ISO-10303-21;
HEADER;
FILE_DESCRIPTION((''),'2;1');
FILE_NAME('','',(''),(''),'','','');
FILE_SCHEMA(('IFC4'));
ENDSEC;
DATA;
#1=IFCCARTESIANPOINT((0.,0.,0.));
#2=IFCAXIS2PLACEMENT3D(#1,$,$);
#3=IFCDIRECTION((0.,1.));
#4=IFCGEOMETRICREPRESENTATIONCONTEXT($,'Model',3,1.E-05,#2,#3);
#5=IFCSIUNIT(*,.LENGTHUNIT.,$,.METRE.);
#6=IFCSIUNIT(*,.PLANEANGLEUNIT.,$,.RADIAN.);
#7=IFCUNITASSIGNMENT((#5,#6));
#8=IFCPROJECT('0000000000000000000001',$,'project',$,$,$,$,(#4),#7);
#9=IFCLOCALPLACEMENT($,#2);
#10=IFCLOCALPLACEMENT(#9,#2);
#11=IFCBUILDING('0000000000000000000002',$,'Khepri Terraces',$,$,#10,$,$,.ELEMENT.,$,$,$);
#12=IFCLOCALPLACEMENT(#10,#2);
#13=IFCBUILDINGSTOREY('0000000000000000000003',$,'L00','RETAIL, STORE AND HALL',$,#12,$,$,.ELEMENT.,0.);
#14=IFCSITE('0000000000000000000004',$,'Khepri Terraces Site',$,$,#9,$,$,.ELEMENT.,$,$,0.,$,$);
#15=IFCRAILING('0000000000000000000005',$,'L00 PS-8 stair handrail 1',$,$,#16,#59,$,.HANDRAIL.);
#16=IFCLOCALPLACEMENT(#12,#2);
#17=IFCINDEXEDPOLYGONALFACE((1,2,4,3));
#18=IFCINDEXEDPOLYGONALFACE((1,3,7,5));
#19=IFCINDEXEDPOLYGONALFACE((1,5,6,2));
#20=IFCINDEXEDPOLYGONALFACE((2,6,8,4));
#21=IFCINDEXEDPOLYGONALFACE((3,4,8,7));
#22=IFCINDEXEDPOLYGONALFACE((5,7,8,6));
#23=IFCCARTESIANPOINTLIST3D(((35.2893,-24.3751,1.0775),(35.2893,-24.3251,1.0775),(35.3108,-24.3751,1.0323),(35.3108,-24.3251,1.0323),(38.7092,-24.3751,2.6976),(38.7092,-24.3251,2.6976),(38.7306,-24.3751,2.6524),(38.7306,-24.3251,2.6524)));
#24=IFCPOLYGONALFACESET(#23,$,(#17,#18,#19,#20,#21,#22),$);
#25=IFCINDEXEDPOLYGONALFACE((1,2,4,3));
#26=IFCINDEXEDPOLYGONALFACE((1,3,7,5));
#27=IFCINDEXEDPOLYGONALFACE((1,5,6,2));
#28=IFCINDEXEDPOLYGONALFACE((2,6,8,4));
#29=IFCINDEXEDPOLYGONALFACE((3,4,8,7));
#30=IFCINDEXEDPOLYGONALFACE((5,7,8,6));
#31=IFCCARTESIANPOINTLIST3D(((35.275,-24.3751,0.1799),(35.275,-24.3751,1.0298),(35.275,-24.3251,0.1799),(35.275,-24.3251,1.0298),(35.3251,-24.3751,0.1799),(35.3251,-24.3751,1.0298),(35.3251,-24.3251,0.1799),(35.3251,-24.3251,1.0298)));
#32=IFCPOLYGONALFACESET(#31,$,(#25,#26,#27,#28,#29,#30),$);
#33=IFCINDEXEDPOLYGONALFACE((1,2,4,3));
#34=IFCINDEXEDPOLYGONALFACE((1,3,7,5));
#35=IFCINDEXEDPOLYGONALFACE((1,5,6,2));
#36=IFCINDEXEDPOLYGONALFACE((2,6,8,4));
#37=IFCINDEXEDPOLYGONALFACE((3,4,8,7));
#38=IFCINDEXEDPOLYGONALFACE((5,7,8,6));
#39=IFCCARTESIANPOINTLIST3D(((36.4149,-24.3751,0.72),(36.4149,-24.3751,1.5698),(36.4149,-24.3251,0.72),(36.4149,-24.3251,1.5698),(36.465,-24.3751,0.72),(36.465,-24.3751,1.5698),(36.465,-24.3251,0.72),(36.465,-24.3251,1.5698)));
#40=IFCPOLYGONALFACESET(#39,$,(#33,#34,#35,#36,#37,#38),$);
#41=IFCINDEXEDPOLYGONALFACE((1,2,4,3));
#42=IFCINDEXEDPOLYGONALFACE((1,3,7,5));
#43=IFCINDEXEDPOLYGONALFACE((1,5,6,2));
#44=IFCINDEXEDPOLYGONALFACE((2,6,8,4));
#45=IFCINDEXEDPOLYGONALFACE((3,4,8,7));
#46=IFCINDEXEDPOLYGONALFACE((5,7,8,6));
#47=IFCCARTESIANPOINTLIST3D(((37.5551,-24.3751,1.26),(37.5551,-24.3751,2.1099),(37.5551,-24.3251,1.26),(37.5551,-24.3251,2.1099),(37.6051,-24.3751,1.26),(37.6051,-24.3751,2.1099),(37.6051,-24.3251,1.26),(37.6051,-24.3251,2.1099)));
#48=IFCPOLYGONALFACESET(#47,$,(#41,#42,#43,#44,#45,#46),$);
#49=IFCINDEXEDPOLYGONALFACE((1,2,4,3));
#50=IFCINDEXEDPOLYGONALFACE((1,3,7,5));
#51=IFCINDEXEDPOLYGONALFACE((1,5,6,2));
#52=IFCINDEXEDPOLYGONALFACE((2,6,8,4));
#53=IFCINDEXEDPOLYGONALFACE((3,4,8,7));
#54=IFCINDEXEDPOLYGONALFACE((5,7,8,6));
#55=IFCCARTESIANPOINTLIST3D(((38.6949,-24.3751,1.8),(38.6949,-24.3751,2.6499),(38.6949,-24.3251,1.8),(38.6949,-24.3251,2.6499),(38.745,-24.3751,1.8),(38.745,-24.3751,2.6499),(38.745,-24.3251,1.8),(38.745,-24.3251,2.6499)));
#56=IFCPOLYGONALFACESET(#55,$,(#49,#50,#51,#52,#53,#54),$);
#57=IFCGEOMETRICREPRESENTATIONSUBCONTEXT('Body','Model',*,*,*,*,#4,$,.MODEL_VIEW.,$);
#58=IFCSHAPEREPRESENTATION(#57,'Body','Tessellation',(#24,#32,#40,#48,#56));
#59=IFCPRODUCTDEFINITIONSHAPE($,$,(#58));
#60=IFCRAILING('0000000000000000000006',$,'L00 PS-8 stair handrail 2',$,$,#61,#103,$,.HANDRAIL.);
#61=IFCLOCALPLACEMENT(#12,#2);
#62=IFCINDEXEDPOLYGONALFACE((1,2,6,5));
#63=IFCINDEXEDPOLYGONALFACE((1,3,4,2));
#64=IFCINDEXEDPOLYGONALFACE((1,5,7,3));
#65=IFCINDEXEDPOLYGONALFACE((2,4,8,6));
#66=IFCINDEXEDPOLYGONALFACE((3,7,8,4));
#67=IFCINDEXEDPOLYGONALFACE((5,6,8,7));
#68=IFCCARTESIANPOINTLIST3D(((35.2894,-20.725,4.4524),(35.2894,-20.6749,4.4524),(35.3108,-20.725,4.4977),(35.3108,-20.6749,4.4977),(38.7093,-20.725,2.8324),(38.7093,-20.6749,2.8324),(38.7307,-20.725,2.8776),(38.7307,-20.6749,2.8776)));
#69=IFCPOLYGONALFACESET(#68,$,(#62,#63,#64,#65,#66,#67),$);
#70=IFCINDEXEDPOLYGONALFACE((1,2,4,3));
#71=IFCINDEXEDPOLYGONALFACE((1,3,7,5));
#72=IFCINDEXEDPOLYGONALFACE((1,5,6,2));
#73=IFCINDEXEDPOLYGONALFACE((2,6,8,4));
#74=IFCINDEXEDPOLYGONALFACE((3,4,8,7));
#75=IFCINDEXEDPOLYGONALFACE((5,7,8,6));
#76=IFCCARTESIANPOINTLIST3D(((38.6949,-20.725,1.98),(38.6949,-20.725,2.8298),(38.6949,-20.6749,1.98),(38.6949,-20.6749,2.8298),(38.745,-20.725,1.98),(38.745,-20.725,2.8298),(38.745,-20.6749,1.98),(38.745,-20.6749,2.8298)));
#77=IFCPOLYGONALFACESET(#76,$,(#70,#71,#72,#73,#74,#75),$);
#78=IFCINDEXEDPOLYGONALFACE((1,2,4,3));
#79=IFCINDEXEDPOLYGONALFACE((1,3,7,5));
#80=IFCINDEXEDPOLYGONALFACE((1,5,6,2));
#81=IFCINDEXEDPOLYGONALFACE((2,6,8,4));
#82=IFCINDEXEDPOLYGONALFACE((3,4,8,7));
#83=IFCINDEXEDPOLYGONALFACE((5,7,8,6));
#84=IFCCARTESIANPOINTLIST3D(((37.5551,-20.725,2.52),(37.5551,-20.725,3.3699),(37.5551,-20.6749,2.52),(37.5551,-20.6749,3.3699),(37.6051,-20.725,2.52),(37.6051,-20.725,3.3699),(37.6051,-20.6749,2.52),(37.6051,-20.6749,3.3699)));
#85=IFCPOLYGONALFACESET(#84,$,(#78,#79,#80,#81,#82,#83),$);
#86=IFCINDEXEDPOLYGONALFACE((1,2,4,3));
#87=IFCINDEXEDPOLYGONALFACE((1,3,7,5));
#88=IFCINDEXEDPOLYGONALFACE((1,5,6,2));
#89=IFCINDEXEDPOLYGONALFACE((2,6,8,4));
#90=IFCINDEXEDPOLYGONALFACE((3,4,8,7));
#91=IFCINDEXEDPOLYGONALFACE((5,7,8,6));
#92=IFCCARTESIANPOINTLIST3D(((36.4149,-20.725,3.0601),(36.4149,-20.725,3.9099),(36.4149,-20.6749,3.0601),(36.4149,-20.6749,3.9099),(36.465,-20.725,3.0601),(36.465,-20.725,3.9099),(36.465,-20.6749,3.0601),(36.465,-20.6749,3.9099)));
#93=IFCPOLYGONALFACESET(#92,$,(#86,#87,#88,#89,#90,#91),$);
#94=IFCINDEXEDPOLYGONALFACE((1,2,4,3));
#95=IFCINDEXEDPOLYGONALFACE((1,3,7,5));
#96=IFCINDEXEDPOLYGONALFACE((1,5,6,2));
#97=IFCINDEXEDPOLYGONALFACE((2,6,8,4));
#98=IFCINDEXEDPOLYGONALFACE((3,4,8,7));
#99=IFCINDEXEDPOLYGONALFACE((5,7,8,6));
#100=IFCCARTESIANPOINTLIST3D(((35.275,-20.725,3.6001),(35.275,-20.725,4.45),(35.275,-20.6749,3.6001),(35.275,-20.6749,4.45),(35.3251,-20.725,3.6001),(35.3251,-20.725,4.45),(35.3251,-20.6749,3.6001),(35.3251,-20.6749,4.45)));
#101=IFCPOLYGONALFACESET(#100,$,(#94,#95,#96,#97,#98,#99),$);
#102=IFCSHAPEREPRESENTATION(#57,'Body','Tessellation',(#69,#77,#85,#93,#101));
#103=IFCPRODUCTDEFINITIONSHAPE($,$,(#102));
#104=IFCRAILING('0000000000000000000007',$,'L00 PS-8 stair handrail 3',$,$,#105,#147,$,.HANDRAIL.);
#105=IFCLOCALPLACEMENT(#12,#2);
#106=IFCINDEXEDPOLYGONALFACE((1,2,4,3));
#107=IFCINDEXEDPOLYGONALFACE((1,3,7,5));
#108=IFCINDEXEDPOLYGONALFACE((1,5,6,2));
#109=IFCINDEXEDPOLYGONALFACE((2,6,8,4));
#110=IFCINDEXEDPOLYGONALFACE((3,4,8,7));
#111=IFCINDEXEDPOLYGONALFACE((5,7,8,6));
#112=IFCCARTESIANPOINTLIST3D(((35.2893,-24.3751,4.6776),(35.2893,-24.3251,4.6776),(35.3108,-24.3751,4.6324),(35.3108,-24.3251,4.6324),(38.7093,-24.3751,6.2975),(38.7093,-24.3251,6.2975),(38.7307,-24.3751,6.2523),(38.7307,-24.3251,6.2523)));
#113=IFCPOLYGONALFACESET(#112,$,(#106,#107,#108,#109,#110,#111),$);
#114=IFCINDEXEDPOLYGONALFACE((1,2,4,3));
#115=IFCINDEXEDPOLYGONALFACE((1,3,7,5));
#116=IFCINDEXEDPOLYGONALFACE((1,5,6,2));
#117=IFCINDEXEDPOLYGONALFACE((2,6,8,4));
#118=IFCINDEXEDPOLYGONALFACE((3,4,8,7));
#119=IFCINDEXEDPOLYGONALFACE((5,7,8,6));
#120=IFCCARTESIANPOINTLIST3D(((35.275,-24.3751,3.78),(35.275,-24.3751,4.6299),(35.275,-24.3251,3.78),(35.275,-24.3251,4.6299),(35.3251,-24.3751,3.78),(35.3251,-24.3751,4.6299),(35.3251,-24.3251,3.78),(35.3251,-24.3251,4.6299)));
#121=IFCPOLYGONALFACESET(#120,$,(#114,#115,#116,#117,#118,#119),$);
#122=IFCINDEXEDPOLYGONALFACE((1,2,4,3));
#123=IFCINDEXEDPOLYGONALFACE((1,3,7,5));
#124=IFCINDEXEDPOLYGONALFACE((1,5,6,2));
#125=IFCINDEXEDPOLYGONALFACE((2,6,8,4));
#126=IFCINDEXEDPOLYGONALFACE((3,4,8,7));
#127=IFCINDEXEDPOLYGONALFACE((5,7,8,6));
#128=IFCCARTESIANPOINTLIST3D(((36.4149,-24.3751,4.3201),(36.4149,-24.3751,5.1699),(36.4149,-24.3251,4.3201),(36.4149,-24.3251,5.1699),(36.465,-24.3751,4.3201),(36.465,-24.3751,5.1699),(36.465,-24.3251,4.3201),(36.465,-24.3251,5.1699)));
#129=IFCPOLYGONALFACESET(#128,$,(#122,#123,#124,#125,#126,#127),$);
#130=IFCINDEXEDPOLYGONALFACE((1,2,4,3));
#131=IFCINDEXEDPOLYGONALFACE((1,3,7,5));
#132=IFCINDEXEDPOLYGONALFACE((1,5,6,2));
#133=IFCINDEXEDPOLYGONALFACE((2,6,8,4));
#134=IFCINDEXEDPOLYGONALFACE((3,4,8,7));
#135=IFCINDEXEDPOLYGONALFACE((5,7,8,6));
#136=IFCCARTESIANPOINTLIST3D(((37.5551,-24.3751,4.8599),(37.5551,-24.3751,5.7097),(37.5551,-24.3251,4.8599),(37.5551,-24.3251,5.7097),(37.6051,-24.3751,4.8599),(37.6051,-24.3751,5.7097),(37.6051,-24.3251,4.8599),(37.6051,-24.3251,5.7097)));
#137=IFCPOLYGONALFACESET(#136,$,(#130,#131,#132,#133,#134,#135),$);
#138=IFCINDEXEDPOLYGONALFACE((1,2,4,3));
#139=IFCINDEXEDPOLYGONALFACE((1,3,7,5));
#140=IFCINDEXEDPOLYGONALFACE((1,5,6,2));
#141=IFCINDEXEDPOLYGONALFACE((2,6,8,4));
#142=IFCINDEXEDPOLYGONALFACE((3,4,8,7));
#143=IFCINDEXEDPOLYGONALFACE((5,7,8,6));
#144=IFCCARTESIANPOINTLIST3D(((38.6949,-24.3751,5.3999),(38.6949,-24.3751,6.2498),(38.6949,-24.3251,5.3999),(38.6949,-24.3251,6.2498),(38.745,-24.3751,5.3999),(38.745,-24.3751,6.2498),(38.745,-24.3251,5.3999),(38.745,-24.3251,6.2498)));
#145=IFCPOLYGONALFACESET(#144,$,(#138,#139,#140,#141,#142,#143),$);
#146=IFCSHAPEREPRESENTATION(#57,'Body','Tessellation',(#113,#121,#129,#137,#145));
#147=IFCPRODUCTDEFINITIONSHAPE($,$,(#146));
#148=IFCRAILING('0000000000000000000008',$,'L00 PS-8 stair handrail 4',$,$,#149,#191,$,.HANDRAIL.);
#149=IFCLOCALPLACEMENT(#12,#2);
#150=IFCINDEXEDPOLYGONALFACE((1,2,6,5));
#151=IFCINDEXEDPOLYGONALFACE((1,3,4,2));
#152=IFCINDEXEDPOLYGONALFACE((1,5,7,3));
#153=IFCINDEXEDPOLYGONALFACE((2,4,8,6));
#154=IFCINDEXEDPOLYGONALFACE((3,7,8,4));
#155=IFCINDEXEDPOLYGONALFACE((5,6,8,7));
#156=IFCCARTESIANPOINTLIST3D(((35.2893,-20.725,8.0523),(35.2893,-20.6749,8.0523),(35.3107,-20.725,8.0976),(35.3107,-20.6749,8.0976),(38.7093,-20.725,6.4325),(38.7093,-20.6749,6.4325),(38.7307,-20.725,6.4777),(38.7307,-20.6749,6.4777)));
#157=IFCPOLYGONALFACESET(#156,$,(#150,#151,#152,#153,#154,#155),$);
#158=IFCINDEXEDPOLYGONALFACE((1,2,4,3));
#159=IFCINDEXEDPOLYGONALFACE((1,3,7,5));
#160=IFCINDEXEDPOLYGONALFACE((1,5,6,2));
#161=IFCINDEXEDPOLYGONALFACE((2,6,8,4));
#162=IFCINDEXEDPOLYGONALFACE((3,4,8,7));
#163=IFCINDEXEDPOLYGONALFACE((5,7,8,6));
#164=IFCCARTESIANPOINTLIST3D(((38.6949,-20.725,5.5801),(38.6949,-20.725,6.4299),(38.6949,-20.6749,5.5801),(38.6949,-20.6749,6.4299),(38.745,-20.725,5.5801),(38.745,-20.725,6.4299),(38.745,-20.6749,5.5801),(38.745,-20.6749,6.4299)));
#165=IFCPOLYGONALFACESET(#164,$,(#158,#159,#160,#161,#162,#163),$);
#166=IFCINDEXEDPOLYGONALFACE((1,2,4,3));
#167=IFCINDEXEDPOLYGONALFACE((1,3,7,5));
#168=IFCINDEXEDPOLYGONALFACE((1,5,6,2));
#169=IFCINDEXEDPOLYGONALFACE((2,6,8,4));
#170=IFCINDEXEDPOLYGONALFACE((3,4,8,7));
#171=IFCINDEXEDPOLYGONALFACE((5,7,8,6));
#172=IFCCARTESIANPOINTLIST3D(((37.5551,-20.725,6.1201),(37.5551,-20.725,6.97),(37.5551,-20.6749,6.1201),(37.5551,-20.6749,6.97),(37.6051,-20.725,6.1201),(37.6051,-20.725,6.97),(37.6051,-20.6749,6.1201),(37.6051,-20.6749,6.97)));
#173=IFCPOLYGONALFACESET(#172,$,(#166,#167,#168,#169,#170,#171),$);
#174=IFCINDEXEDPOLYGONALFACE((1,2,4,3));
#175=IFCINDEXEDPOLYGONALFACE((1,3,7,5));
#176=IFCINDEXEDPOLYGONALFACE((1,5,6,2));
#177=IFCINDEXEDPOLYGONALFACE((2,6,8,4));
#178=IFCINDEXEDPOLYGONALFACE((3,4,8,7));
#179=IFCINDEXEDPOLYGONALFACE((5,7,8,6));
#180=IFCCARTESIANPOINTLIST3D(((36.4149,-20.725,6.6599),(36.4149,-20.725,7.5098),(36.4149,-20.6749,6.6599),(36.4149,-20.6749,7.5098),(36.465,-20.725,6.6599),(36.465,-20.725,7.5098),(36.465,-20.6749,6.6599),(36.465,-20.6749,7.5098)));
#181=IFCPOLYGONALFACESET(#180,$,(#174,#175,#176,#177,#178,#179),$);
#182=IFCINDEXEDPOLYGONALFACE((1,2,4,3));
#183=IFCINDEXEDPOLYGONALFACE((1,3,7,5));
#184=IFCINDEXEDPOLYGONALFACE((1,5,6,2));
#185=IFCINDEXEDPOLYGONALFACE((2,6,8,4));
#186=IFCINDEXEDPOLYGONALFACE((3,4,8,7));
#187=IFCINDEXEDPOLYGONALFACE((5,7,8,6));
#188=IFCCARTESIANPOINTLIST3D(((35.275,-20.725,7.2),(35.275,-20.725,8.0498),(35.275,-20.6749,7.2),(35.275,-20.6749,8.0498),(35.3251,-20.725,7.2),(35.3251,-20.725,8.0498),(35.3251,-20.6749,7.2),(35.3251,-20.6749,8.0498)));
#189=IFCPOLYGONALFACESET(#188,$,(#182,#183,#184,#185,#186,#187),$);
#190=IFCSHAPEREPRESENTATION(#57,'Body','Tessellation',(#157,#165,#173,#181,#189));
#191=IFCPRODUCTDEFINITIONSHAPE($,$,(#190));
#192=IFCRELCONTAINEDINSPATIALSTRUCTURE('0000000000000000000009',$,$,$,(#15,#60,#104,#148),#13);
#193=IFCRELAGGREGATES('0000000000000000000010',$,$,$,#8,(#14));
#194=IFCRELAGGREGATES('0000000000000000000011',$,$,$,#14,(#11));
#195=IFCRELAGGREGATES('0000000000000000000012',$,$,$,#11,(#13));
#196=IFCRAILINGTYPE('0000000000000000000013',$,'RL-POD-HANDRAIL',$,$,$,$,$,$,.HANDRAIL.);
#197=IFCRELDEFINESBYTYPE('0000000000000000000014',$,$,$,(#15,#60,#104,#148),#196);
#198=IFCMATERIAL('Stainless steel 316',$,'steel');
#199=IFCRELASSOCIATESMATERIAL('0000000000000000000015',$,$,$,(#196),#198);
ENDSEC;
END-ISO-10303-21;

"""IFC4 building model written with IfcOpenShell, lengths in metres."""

from ifc_helpers import new_model, si_unit, direction, frame, origin, origin_2d, place, context, subcontext, project, spatial, rectangle, extrude, material, type_object, element, save


model = new_model("IFC4")

# Units and contexts
model_context = context("Model", 3, precision=1e-05, world=origin(), true_north=direction((0.0, 1.0)))
body_context = subcontext(model_context, "Body", "Model", "MODEL_VIEW")
ifc_project = project(units=[si_unit("LENGTHUNIT", "METRE"), si_unit("PLANEANGLEUNIT", "RADIAN")], contexts=[model_context])

# Site, building, storey
site_placement = place(None, origin())
site = spatial("IfcSite", under=ifc_project, at=site_placement, Name="Khepri Terraces Site", CompositionType="ELEMENT", RefElevation=0.0)
building_placement = place(site_placement, origin())
building = spatial("IfcBuilding", under=site, at=building_placement, Name="Khepri Terraces", CompositionType="ELEMENT")
storey_placement = place(building_placement, origin())
storey = spatial("IfcBuildingStorey", under=building, at=storey_placement, Name="L00", Description="RETAIL, STORE AND HALL", CompositionType="ELEMENT", Elevation=0.0)

# Railings
ifc_material_1 = material(Name="Stainless steel 316", Category="steel")
railing_type_1 = type_object("IfcRailingType", Name="RL-POD-HANDRAIL", PredefinedType="HANDRAIL", material=ifc_material_1)
railing_1_placement = place(storey_placement, frame((35.3, -24.3501, 0.1799)))
element("IfcRailing", 1, at=railing_1_placement, inside=storey, type_object=railing_type_1, Name="L00 PS-8 stair handrail 1", PredefinedType="HANDRAIL", context=body_context, shape_type="SweptSolid", body=[
    extrude(rectangle(XDim=0.05, YDim=0.05, at=origin_2d()), frame((0.0, 0.0, 0.875), z_axis=(0.903722, 0.0, 0.42812), x_axis=(0.0, 1.0, 0.0)), (0.0, 0.0, 1.0), 3.7842),
    extrude(rectangle(XDim=0.05, YDim=0.05, at=origin_2d()), origin(), (0.0, 0.0, 1.0), 0.8499),
    extrude(rectangle(XDim=0.05, YDim=0.05, at=origin_2d()), frame((1.1399, 0.0, 0.54)), (0.0, 0.0, 1.0), 0.8499),
    extrude(rectangle(XDim=0.05, YDim=0.05, at=origin_2d()), frame((2.28, 0.0, 1.0801)), (0.0, 0.0, 1.0), 0.8499),
    extrude(rectangle(XDim=0.05, YDim=0.05, at=origin_2d()), frame((3.4199, 0.0, 1.6201)), (0.0, 0.0, 1.0), 0.8499),
])
railing_2_placement = place(storey_placement, frame((38.72, -20.7, 1.98)))
element("IfcRailing", 2, at=railing_2_placement, inside=storey, type_object=railing_type_1, Name="L00 PS-8 stair handrail 2", PredefinedType="HANDRAIL", context=body_context, shape_type="SweptSolid", body=[
    extrude(rectangle(XDim=0.05, YDim=0.05, at=origin_2d()), frame((0.0, 0.0, 0.875), z_axis=(-0.903722, 0.0, 0.42812), x_axis=(0.0, -1.0, 0.0)), (0.0, 0.0, 1.0), 3.7842),
    extrude(rectangle(XDim=0.05, YDim=0.05, at=origin_2d()), origin(), (0.0, 0.0, 1.0), 0.8499),
    extrude(rectangle(XDim=0.05, YDim=0.05, at=origin_2d()), frame((-1.1399, 0.0, 0.54)), (0.0, 0.0, 1.0), 0.8499),
    extrude(rectangle(XDim=0.05, YDim=0.05, at=origin_2d()), frame((-2.28, 0.0, 1.0801)), (0.0, 0.0, 1.0), 0.8499),
    extrude(rectangle(XDim=0.05, YDim=0.05, at=origin_2d()), frame((-3.4199, 0.0, 1.6201)), (0.0, 0.0, 1.0), 0.8499),
])
railing_3_placement = place(storey_placement, frame((35.3, -24.3501, 3.78)))
element("IfcRailing", 3, at=railing_3_placement, inside=storey, type_object=railing_type_1, Name="L00 PS-8 stair handrail 3", PredefinedType="HANDRAIL", context=body_context, shape_type="SweptSolid", body=[
    extrude(rectangle(XDim=0.05, YDim=0.05, at=origin_2d()), frame((0.0, 0.0, 0.875), z_axis=(0.903747, 0.0, 0.428067), x_axis=(0.0, 1.0, 0.0)), (0.0, 0.0, 1.0), 3.7842),
    extrude(rectangle(XDim=0.05, YDim=0.05, at=origin_2d()), origin(), (0.0, 0.0, 1.0), 0.8499),
    extrude(rectangle(XDim=0.05, YDim=0.05, at=origin_2d()), frame((1.1399, 0.0, 0.54)), (0.0, 0.0, 1.0), 0.8499),
    extrude(rectangle(XDim=0.05, YDim=0.05, at=origin_2d()), frame((2.28, 0.0, 1.0798)), (0.0, 0.0, 1.0), 0.8499),
    extrude(rectangle(XDim=0.05, YDim=0.05, at=origin_2d()), frame((3.4199, 0.0, 1.6199)), (0.0, 0.0, 1.0), 0.8499),
])
railing_4_placement = place(storey_placement, frame((38.72, -20.7, 5.5801)))
element("IfcRailing", 4, at=railing_4_placement, inside=storey, type_object=railing_type_1, Name="L00 PS-8 stair handrail 4", PredefinedType="HANDRAIL", context=body_context, shape_type="SweptSolid", body=[
    extrude(rectangle(XDim=0.05, YDim=0.05, at=origin_2d()), frame((0.0, 0.0, 0.875), z_axis=(-0.903747, 0.0, 0.428067), x_axis=(0.0, -1.0, 0.0)), (0.0, 0.0, 1.0), 3.7842),
    extrude(rectangle(XDim=0.05, YDim=0.05, at=origin_2d()), origin(), (0.0, 0.0, 1.0), 0.8499),
    extrude(rectangle(XDim=0.05, YDim=0.05, at=origin_2d()), frame((-1.1399, 0.0, 0.54)), (0.0, 0.0, 1.0), 0.8499),
    extrude(rectangle(XDim=0.05, YDim=0.05, at=origin_2d()), frame((-2.28, 0.0, 1.0798)), (0.0, 0.0, 1.0), 0.8499),
    extrude(rectangle(XDim=0.05, YDim=0.05, at=origin_2d()), frame((-3.4199, 0.0, 1.6199)), (0.0, 0.0, 1.0), 0.8499),
])

save(model, "model.ifc")
